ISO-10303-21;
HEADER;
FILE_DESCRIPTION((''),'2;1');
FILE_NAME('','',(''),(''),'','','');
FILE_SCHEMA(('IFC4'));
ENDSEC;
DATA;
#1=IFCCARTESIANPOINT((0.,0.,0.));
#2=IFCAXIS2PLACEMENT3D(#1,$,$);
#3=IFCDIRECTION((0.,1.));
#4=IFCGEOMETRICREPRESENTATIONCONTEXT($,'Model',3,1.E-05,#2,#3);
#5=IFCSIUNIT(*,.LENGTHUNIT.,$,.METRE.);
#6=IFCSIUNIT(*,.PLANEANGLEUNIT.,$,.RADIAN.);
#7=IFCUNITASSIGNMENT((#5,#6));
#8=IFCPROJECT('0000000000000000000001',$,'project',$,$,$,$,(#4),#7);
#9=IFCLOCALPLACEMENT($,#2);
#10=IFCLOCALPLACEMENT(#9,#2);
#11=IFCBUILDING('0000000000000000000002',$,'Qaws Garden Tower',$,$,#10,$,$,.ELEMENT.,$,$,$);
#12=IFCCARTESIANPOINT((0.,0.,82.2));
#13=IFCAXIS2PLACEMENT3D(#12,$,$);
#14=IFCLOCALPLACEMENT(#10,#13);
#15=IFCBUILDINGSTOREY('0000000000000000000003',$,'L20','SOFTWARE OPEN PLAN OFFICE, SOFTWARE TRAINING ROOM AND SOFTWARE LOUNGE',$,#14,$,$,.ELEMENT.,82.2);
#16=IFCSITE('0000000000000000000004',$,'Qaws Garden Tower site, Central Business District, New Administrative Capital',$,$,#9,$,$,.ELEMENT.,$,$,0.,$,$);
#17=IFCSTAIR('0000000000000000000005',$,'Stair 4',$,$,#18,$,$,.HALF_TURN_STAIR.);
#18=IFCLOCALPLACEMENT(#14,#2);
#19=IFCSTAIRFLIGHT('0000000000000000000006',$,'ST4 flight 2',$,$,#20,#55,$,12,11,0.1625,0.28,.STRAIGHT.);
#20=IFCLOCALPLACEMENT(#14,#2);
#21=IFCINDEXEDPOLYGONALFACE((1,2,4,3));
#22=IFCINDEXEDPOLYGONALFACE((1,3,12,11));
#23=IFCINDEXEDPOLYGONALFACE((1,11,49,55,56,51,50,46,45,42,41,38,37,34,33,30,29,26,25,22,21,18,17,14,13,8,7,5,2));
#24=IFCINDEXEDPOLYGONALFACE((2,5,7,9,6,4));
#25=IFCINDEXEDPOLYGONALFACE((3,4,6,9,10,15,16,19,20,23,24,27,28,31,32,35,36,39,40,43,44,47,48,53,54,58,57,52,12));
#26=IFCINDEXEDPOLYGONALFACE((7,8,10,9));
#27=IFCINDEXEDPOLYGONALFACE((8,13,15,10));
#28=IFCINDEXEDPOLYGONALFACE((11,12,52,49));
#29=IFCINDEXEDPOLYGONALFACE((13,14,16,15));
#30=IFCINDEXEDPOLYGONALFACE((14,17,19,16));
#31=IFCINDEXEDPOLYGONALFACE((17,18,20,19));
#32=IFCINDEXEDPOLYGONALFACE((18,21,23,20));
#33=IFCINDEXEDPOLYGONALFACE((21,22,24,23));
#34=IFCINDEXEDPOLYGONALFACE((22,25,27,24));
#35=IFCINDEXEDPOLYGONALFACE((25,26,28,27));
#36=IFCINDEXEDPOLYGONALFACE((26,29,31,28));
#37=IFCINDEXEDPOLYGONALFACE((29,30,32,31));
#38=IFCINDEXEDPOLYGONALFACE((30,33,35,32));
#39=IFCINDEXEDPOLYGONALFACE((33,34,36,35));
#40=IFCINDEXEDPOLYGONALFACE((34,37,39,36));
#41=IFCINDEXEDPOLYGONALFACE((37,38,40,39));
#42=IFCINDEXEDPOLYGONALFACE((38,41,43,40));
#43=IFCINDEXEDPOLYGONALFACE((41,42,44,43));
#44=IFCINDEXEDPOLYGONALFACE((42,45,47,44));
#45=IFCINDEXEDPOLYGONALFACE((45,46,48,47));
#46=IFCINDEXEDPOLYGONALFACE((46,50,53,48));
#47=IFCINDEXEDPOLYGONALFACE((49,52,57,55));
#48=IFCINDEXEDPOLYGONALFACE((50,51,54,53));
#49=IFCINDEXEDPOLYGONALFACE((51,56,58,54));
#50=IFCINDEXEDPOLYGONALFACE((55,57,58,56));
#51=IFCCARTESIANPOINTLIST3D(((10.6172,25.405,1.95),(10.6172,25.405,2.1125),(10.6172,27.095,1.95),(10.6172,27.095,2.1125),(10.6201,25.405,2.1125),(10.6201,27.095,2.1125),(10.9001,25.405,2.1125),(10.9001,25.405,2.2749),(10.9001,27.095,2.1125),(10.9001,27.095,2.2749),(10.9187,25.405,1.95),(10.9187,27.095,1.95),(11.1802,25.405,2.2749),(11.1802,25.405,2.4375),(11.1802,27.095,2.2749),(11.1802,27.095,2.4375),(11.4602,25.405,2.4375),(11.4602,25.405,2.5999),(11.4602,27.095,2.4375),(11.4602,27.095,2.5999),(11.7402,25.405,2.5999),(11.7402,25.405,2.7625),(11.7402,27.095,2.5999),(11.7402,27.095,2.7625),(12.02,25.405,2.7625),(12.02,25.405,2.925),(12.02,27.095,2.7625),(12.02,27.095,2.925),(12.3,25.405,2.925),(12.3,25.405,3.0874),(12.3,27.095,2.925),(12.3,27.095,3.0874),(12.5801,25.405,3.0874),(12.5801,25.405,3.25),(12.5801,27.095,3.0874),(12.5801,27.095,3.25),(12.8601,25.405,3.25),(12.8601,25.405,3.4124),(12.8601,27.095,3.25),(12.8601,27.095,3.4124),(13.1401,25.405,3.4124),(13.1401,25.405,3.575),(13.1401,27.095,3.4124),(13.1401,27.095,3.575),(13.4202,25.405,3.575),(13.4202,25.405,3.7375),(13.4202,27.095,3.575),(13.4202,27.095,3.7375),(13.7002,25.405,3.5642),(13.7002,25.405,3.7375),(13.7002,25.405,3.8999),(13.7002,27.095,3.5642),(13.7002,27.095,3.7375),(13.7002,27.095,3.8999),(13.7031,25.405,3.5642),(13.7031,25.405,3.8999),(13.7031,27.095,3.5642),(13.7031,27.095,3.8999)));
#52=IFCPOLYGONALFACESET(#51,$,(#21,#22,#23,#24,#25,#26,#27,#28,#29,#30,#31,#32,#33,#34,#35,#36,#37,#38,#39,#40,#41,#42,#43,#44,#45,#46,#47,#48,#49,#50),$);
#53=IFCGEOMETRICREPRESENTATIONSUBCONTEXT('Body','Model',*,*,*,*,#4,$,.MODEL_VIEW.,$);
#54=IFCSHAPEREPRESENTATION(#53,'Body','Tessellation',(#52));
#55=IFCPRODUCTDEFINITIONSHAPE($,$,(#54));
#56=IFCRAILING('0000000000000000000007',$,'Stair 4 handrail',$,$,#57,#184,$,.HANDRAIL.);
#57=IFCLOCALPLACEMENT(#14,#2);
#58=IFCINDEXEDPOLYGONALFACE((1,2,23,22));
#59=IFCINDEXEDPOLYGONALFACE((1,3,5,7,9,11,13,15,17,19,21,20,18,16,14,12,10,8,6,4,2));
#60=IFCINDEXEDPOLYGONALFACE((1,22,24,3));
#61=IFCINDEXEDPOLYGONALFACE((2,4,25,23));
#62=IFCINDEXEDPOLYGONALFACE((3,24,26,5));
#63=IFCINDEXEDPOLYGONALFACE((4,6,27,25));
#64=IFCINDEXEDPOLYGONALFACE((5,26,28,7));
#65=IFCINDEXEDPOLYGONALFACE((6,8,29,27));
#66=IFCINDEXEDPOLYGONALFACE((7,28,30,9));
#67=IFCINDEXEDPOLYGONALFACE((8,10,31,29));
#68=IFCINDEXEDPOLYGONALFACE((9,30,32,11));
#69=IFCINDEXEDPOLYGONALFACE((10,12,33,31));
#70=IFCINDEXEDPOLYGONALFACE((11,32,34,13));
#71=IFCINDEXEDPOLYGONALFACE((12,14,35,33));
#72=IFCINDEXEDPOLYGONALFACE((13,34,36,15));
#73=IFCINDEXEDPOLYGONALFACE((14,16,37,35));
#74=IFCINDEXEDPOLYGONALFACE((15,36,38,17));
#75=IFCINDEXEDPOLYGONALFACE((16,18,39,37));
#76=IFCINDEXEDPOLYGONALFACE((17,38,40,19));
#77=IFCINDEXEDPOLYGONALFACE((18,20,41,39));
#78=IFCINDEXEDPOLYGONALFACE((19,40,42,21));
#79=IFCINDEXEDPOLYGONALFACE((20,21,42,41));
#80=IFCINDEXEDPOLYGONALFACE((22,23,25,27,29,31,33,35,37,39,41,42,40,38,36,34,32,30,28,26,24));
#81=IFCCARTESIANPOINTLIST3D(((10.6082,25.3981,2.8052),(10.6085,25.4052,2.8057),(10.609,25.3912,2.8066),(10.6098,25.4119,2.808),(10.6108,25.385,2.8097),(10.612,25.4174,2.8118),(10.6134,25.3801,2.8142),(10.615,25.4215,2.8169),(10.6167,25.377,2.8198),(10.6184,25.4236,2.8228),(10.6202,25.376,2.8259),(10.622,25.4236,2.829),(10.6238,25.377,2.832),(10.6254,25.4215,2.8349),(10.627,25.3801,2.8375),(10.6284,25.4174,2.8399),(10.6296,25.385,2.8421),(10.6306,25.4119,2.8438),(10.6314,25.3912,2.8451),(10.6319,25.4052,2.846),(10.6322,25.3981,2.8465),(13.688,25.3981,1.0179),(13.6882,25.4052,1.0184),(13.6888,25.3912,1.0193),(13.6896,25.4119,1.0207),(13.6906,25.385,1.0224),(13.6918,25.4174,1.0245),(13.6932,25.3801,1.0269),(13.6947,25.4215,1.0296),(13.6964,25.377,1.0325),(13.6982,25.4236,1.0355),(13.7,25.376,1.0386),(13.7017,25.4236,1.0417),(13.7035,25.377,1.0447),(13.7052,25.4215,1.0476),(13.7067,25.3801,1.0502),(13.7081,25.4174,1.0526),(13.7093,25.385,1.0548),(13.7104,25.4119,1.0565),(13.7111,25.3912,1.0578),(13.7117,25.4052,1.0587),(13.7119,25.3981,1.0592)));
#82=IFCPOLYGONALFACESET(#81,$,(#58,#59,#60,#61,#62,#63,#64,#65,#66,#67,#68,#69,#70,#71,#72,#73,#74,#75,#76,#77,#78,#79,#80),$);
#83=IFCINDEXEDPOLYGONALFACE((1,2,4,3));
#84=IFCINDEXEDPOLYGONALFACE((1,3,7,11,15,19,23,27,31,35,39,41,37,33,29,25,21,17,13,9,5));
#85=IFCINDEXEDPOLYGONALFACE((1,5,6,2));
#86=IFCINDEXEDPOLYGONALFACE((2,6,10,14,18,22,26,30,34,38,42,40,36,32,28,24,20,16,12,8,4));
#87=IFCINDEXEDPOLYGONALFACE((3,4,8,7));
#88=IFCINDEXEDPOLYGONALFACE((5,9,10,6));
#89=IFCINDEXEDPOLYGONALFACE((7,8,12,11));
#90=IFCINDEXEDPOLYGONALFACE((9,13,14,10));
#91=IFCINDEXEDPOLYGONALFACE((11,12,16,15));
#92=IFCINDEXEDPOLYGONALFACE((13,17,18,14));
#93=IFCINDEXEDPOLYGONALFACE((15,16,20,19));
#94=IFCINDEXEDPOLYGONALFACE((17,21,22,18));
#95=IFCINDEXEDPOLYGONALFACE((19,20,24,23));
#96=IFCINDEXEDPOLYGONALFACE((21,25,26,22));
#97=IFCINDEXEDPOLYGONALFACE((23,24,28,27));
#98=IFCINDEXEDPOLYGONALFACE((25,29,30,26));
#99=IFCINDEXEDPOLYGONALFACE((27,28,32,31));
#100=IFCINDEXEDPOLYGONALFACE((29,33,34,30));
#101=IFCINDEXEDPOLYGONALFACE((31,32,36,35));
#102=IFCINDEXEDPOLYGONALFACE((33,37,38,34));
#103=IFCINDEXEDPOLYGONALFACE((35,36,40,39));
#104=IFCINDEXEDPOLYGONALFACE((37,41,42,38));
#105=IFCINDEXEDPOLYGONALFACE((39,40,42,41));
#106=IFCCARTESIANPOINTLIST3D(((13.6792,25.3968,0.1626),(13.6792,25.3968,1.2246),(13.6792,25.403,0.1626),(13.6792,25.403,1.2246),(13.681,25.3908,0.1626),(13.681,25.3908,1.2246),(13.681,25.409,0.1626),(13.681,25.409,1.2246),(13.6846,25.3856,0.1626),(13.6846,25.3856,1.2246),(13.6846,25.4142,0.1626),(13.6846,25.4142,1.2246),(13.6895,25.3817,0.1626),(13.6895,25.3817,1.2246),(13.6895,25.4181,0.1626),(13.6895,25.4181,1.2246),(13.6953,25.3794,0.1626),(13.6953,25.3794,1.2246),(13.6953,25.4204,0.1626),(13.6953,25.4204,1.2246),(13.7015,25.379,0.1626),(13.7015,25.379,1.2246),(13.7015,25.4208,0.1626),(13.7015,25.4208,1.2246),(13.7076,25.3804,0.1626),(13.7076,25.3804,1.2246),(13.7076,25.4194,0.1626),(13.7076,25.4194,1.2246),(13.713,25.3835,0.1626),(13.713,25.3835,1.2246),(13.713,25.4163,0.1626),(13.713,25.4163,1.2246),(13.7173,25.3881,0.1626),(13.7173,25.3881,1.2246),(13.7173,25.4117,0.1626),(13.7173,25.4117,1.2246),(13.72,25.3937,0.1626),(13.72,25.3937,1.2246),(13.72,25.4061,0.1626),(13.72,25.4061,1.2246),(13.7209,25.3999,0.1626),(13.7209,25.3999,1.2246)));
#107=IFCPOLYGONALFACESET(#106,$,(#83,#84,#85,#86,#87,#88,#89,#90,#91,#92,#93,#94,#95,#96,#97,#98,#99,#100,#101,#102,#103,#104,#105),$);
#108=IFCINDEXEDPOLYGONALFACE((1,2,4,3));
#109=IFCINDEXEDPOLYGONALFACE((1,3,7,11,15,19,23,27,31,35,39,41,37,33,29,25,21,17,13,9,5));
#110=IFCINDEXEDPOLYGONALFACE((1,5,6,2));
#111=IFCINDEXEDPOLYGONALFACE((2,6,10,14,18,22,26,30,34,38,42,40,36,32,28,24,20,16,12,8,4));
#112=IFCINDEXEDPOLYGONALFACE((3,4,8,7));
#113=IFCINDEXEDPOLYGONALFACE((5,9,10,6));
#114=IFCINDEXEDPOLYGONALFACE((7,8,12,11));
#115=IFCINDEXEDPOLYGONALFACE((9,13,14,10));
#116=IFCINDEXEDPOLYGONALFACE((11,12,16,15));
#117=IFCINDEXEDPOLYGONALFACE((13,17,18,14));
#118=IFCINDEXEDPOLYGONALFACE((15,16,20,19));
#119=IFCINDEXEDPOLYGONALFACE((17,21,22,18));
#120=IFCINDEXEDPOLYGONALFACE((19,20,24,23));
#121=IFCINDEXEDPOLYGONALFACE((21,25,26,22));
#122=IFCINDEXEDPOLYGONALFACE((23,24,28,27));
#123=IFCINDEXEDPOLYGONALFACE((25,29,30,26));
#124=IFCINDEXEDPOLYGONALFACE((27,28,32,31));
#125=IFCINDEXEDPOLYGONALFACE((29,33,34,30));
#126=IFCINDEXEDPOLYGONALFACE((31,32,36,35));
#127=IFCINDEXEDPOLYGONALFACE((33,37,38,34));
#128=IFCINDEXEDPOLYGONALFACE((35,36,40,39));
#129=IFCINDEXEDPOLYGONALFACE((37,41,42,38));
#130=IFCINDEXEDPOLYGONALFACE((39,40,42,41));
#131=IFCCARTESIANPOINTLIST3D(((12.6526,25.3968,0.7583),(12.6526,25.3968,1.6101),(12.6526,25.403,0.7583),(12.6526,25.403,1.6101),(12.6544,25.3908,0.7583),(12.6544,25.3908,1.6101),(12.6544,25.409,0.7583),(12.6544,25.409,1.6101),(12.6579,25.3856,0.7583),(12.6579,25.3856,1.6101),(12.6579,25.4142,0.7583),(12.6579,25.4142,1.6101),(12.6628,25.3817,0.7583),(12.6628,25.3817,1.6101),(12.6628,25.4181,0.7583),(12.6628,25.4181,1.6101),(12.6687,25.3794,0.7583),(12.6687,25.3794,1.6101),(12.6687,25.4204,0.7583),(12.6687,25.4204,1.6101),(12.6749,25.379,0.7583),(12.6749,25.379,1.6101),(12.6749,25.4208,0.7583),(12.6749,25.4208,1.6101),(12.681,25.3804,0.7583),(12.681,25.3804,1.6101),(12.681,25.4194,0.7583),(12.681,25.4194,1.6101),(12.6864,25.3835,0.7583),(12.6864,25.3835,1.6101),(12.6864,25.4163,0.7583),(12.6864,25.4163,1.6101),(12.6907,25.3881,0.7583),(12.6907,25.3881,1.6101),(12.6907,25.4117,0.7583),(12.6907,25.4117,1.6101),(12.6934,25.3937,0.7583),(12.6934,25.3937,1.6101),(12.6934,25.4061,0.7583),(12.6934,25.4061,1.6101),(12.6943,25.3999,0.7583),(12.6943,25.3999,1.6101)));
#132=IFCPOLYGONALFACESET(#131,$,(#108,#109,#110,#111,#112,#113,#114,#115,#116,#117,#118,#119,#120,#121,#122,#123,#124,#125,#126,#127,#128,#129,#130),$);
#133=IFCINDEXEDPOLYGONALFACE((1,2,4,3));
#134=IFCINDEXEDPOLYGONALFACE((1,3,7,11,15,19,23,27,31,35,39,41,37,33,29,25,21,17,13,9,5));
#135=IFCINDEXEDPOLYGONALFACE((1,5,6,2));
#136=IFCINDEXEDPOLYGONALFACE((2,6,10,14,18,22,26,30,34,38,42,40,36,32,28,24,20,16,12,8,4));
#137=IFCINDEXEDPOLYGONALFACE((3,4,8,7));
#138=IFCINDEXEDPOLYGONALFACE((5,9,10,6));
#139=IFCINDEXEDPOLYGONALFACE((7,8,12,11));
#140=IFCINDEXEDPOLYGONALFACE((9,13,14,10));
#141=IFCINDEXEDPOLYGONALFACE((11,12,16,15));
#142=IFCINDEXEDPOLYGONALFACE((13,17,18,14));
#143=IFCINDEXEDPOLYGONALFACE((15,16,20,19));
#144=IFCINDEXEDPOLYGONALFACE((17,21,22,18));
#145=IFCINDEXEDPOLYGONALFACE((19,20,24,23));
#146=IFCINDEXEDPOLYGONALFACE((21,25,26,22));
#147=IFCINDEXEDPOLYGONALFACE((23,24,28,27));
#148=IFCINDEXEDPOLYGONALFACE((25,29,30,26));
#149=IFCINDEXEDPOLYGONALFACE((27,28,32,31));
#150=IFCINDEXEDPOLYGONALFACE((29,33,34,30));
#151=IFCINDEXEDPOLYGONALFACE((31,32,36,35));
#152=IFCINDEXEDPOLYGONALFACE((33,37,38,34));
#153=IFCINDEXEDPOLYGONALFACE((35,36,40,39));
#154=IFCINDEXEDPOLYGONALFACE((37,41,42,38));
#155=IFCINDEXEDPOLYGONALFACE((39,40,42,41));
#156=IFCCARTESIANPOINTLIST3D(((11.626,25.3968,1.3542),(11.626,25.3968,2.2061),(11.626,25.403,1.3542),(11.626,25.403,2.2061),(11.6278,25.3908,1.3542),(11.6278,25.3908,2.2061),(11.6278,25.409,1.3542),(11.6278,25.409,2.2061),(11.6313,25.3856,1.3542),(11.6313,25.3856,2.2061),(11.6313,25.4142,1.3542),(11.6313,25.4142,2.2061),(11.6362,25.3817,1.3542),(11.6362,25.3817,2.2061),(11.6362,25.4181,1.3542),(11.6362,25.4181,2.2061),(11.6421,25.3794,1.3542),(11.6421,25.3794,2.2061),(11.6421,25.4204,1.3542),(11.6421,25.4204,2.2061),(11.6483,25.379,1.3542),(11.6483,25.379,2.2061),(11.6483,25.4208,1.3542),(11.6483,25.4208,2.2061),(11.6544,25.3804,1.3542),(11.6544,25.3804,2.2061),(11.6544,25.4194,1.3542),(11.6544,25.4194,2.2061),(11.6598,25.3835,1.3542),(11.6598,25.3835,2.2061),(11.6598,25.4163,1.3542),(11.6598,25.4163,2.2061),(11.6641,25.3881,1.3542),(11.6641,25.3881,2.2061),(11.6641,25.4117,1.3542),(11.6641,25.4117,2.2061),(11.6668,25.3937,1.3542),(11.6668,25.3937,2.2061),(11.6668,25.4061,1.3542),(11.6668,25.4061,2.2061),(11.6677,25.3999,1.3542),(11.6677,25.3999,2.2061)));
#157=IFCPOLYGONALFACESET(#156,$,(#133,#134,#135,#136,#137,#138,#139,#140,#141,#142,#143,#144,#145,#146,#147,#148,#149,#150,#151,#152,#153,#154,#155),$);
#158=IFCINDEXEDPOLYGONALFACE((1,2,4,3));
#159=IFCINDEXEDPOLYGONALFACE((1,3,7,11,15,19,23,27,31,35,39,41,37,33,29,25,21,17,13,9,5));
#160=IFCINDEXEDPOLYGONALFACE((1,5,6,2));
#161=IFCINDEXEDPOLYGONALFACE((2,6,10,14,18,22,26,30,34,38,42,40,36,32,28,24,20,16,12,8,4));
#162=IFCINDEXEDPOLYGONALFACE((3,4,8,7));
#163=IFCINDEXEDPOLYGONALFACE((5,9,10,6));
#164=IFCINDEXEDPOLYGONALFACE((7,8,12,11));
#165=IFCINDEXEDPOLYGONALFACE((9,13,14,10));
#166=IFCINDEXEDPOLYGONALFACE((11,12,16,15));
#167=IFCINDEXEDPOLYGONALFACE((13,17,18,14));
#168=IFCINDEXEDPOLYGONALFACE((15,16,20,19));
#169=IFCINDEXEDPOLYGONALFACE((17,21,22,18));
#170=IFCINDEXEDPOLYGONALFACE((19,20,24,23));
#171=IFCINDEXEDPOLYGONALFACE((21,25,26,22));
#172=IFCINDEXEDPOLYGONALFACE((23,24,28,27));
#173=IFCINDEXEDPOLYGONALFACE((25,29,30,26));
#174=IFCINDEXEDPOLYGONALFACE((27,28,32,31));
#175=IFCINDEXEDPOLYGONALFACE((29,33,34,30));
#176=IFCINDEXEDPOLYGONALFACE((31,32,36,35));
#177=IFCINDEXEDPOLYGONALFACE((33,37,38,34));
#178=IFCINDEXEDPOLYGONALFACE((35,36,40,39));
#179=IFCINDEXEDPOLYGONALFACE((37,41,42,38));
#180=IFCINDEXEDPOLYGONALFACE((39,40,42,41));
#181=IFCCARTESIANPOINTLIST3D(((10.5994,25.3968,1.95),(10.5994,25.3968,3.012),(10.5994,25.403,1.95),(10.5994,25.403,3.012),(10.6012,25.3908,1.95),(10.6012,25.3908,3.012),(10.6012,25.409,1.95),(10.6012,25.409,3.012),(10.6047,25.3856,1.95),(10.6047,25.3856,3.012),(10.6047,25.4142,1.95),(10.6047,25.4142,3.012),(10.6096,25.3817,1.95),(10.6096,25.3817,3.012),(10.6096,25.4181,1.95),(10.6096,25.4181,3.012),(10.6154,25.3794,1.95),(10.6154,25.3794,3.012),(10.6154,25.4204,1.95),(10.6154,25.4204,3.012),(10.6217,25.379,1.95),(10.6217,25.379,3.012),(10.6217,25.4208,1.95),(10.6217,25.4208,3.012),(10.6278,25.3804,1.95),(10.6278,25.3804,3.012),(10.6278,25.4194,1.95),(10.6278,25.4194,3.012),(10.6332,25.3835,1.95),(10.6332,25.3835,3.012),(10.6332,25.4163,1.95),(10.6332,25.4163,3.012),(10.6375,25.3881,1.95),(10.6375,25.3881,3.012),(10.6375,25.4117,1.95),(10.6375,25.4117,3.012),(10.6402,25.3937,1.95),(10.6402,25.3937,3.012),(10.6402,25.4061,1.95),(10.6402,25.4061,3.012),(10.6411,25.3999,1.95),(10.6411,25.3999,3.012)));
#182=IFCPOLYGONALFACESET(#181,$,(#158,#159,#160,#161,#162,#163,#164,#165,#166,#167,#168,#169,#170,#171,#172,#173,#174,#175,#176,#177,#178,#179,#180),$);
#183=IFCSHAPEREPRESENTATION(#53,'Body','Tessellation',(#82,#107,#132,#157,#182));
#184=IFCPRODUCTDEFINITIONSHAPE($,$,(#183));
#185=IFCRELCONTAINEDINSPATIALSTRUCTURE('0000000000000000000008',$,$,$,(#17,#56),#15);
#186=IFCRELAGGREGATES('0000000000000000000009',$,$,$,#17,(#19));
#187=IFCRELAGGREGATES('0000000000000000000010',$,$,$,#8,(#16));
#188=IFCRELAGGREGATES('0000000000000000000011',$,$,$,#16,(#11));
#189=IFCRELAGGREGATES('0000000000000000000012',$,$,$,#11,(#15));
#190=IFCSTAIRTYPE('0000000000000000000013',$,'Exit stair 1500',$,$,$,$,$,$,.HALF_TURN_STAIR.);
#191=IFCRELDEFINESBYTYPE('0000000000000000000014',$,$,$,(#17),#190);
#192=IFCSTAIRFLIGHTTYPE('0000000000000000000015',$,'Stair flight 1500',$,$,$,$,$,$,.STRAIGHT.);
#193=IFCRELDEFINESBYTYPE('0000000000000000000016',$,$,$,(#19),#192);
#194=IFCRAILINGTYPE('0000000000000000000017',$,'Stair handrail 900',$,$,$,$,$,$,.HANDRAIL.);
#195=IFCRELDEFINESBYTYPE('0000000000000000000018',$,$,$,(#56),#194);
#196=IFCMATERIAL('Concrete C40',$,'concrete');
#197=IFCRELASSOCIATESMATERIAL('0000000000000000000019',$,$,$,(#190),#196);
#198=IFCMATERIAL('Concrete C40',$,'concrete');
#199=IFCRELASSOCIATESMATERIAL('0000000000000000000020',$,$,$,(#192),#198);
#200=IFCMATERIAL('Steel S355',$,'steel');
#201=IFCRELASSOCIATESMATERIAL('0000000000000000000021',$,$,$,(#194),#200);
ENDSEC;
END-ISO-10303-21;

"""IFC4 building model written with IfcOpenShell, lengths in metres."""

from ifc_helpers import new_model, si_unit, direction, frame, origin, origin_2d, place, context, subcontext, project, spatial, polyline, circle, outline, extrude, material, type_object, element, aggregate, save


model = new_model("IFC4")

# Units and contexts
model_context = context("Model", 3, precision=1e-05, world=origin(), true_north=direction((0.0, 1.0)))
body_context = subcontext(model_context, "Body", "Model", "MODEL_VIEW")
ifc_project = project(units=[si_unit("LENGTHUNIT", "METRE"), si_unit("PLANEANGLEUNIT", "RADIAN")], contexts=[model_context])

# Site, building, storey
site_placement = place(None, origin())
site = spatial("IfcSite", under=ifc_project, at=site_placement, Name="Qaws Garden Tower site, Central Business District, New Administrative Capital", CompositionType="ELEMENT", RefElevation=0.0)
building_placement = place(site_placement, origin())
building = spatial("IfcBuilding", under=site, at=building_placement, Name="Qaws Garden Tower", CompositionType="ELEMENT")
storey_placement = place(building_placement, frame((0.0, 0.0, 82.2)))
storey = spatial("IfcBuildingStorey", under=building, at=storey_placement, Name="L20", Description="SOFTWARE OPEN PLAN OFFICE, SOFTWARE TRAINING ROOM AND SOFTWARE LOUNGE", CompositionType="ELEMENT", Elevation=82.2)

# Stair, stair flight
ifc_material_1 = material(Name="Concrete C40", Category="concrete")
stair_type = type_object("IfcStairType", Name="Exit stair 1500", PredefinedType="HALF_TURN_STAIR", material=ifc_material_1)
stair_placement = place(storey_placement, origin())
stair = element("IfcStair", 1, at=stair_placement, inside=storey, type_object=stair_type, Name="Stair 4", PredefinedType="HALF_TURN_STAIR")
ifc_material_2 = material(Name="Concrete C40", Category="concrete")
stair_flight_type = type_object("IfcStairFlightType", Name="Stair flight 1500", PredefinedType="STRAIGHT", material=ifc_material_2)
stair_flight_1_placement = place(storey_placement, frame((10.6201, 26.25, 1.95), z_axis=(0.0, 0.0, 1.0), x_axis=(1.0, 0.0, 0.0)))
stair_flight_1 = element("IfcStairFlight", 2, at=stair_flight_1_placement, type_object=stair_flight_type, Name="ST4 flight 2", NumberOfRisers=12, NumberOfTreads=11, PredefinedType="STRAIGHT", RiserHeight=0.1625, TreadLength=0.28, context=body_context, shape_type="SweptSolid", body=[
    extrude(outline(polyline([(-0.0029, 0.0), (-0.0029, 0.1626), (0.0, 0.1626), (0.28, 0.1626), (0.28, 0.325), (0.5601, 0.325), (0.5601, 0.4875), (0.8401, 0.4875), (0.8401, 0.6499), (1.1201, 0.6499), (1.1201, 0.8125), (1.3999, 0.8125), (1.3999, 0.9751), (1.6799, 0.9751), (1.6799, 1.1375), (1.96, 1.1375), (1.96, 1.3), (2.24, 1.3), (2.24, 1.4624), (2.52, 1.4624), (2.52, 1.625), (2.8, 1.625), (2.8, 1.7876), (3.0801, 1.7876), (3.0801, 1.95), (3.083, 1.95), (3.083, 1.6143), (3.0801, 1.6143), (0.2986, 0.0), (-0.0029, 0.0)])), frame((0.0, 0.845, 0.0), z_axis=(0.0, -1.0, 0.0), x_axis=(1.0, 0.0, 0.0)), (0.0, 0.0, 1.0), 1.6899),
])
aggregate(stair, [stair_flight_1])

# Railing
ifc_material_3 = material(Name="Steel S355", Category="steel")
railing_type = type_object("IfcRailingType", Name="Stair handrail 900", PredefinedType="HANDRAIL", material=ifc_material_3)
railing_1_placement = place(storey_placement, frame((13.7, 25.3999, 0.1626)))
element("IfcRailing", 3, at=railing_1_placement, inside=storey, type_object=railing_type, Name="Stair 4 handrail", PredefinedType="HANDRAIL", context=body_context, shape_type="SweptSolid", body=[
    extrude(circle(Radius=0.0239, at=origin_2d()), frame((0.0, 0.0, 0.876), z_axis=(-0.864903, 0.0, 0.501939), x_axis=(0.0, -1.0, 0.0)), (0.0, 0.0, 1.0), 3.5608),
    extrude(circle(Radius=0.021, at=origin_2d()), origin(), (0.0, 0.0, 1.0), 1.062),
    extrude(circle(Radius=0.021, at=origin_2d()), frame((-1.0266, 0.0, 0.5957)), (0.0, 0.0, 1.0), 0.8518),
    extrude(circle(Radius=0.021, at=origin_2d()), frame((-2.0532, 0.0, 1.1917)), (0.0, 0.0, 1.0), 0.8518),
    extrude(circle(Radius=0.021, at=origin_2d()), frame((-3.0798, 0.0, 1.7874)), (0.0, 0.0, 1.0), 1.062),
])

save(model, "model.ifc")
